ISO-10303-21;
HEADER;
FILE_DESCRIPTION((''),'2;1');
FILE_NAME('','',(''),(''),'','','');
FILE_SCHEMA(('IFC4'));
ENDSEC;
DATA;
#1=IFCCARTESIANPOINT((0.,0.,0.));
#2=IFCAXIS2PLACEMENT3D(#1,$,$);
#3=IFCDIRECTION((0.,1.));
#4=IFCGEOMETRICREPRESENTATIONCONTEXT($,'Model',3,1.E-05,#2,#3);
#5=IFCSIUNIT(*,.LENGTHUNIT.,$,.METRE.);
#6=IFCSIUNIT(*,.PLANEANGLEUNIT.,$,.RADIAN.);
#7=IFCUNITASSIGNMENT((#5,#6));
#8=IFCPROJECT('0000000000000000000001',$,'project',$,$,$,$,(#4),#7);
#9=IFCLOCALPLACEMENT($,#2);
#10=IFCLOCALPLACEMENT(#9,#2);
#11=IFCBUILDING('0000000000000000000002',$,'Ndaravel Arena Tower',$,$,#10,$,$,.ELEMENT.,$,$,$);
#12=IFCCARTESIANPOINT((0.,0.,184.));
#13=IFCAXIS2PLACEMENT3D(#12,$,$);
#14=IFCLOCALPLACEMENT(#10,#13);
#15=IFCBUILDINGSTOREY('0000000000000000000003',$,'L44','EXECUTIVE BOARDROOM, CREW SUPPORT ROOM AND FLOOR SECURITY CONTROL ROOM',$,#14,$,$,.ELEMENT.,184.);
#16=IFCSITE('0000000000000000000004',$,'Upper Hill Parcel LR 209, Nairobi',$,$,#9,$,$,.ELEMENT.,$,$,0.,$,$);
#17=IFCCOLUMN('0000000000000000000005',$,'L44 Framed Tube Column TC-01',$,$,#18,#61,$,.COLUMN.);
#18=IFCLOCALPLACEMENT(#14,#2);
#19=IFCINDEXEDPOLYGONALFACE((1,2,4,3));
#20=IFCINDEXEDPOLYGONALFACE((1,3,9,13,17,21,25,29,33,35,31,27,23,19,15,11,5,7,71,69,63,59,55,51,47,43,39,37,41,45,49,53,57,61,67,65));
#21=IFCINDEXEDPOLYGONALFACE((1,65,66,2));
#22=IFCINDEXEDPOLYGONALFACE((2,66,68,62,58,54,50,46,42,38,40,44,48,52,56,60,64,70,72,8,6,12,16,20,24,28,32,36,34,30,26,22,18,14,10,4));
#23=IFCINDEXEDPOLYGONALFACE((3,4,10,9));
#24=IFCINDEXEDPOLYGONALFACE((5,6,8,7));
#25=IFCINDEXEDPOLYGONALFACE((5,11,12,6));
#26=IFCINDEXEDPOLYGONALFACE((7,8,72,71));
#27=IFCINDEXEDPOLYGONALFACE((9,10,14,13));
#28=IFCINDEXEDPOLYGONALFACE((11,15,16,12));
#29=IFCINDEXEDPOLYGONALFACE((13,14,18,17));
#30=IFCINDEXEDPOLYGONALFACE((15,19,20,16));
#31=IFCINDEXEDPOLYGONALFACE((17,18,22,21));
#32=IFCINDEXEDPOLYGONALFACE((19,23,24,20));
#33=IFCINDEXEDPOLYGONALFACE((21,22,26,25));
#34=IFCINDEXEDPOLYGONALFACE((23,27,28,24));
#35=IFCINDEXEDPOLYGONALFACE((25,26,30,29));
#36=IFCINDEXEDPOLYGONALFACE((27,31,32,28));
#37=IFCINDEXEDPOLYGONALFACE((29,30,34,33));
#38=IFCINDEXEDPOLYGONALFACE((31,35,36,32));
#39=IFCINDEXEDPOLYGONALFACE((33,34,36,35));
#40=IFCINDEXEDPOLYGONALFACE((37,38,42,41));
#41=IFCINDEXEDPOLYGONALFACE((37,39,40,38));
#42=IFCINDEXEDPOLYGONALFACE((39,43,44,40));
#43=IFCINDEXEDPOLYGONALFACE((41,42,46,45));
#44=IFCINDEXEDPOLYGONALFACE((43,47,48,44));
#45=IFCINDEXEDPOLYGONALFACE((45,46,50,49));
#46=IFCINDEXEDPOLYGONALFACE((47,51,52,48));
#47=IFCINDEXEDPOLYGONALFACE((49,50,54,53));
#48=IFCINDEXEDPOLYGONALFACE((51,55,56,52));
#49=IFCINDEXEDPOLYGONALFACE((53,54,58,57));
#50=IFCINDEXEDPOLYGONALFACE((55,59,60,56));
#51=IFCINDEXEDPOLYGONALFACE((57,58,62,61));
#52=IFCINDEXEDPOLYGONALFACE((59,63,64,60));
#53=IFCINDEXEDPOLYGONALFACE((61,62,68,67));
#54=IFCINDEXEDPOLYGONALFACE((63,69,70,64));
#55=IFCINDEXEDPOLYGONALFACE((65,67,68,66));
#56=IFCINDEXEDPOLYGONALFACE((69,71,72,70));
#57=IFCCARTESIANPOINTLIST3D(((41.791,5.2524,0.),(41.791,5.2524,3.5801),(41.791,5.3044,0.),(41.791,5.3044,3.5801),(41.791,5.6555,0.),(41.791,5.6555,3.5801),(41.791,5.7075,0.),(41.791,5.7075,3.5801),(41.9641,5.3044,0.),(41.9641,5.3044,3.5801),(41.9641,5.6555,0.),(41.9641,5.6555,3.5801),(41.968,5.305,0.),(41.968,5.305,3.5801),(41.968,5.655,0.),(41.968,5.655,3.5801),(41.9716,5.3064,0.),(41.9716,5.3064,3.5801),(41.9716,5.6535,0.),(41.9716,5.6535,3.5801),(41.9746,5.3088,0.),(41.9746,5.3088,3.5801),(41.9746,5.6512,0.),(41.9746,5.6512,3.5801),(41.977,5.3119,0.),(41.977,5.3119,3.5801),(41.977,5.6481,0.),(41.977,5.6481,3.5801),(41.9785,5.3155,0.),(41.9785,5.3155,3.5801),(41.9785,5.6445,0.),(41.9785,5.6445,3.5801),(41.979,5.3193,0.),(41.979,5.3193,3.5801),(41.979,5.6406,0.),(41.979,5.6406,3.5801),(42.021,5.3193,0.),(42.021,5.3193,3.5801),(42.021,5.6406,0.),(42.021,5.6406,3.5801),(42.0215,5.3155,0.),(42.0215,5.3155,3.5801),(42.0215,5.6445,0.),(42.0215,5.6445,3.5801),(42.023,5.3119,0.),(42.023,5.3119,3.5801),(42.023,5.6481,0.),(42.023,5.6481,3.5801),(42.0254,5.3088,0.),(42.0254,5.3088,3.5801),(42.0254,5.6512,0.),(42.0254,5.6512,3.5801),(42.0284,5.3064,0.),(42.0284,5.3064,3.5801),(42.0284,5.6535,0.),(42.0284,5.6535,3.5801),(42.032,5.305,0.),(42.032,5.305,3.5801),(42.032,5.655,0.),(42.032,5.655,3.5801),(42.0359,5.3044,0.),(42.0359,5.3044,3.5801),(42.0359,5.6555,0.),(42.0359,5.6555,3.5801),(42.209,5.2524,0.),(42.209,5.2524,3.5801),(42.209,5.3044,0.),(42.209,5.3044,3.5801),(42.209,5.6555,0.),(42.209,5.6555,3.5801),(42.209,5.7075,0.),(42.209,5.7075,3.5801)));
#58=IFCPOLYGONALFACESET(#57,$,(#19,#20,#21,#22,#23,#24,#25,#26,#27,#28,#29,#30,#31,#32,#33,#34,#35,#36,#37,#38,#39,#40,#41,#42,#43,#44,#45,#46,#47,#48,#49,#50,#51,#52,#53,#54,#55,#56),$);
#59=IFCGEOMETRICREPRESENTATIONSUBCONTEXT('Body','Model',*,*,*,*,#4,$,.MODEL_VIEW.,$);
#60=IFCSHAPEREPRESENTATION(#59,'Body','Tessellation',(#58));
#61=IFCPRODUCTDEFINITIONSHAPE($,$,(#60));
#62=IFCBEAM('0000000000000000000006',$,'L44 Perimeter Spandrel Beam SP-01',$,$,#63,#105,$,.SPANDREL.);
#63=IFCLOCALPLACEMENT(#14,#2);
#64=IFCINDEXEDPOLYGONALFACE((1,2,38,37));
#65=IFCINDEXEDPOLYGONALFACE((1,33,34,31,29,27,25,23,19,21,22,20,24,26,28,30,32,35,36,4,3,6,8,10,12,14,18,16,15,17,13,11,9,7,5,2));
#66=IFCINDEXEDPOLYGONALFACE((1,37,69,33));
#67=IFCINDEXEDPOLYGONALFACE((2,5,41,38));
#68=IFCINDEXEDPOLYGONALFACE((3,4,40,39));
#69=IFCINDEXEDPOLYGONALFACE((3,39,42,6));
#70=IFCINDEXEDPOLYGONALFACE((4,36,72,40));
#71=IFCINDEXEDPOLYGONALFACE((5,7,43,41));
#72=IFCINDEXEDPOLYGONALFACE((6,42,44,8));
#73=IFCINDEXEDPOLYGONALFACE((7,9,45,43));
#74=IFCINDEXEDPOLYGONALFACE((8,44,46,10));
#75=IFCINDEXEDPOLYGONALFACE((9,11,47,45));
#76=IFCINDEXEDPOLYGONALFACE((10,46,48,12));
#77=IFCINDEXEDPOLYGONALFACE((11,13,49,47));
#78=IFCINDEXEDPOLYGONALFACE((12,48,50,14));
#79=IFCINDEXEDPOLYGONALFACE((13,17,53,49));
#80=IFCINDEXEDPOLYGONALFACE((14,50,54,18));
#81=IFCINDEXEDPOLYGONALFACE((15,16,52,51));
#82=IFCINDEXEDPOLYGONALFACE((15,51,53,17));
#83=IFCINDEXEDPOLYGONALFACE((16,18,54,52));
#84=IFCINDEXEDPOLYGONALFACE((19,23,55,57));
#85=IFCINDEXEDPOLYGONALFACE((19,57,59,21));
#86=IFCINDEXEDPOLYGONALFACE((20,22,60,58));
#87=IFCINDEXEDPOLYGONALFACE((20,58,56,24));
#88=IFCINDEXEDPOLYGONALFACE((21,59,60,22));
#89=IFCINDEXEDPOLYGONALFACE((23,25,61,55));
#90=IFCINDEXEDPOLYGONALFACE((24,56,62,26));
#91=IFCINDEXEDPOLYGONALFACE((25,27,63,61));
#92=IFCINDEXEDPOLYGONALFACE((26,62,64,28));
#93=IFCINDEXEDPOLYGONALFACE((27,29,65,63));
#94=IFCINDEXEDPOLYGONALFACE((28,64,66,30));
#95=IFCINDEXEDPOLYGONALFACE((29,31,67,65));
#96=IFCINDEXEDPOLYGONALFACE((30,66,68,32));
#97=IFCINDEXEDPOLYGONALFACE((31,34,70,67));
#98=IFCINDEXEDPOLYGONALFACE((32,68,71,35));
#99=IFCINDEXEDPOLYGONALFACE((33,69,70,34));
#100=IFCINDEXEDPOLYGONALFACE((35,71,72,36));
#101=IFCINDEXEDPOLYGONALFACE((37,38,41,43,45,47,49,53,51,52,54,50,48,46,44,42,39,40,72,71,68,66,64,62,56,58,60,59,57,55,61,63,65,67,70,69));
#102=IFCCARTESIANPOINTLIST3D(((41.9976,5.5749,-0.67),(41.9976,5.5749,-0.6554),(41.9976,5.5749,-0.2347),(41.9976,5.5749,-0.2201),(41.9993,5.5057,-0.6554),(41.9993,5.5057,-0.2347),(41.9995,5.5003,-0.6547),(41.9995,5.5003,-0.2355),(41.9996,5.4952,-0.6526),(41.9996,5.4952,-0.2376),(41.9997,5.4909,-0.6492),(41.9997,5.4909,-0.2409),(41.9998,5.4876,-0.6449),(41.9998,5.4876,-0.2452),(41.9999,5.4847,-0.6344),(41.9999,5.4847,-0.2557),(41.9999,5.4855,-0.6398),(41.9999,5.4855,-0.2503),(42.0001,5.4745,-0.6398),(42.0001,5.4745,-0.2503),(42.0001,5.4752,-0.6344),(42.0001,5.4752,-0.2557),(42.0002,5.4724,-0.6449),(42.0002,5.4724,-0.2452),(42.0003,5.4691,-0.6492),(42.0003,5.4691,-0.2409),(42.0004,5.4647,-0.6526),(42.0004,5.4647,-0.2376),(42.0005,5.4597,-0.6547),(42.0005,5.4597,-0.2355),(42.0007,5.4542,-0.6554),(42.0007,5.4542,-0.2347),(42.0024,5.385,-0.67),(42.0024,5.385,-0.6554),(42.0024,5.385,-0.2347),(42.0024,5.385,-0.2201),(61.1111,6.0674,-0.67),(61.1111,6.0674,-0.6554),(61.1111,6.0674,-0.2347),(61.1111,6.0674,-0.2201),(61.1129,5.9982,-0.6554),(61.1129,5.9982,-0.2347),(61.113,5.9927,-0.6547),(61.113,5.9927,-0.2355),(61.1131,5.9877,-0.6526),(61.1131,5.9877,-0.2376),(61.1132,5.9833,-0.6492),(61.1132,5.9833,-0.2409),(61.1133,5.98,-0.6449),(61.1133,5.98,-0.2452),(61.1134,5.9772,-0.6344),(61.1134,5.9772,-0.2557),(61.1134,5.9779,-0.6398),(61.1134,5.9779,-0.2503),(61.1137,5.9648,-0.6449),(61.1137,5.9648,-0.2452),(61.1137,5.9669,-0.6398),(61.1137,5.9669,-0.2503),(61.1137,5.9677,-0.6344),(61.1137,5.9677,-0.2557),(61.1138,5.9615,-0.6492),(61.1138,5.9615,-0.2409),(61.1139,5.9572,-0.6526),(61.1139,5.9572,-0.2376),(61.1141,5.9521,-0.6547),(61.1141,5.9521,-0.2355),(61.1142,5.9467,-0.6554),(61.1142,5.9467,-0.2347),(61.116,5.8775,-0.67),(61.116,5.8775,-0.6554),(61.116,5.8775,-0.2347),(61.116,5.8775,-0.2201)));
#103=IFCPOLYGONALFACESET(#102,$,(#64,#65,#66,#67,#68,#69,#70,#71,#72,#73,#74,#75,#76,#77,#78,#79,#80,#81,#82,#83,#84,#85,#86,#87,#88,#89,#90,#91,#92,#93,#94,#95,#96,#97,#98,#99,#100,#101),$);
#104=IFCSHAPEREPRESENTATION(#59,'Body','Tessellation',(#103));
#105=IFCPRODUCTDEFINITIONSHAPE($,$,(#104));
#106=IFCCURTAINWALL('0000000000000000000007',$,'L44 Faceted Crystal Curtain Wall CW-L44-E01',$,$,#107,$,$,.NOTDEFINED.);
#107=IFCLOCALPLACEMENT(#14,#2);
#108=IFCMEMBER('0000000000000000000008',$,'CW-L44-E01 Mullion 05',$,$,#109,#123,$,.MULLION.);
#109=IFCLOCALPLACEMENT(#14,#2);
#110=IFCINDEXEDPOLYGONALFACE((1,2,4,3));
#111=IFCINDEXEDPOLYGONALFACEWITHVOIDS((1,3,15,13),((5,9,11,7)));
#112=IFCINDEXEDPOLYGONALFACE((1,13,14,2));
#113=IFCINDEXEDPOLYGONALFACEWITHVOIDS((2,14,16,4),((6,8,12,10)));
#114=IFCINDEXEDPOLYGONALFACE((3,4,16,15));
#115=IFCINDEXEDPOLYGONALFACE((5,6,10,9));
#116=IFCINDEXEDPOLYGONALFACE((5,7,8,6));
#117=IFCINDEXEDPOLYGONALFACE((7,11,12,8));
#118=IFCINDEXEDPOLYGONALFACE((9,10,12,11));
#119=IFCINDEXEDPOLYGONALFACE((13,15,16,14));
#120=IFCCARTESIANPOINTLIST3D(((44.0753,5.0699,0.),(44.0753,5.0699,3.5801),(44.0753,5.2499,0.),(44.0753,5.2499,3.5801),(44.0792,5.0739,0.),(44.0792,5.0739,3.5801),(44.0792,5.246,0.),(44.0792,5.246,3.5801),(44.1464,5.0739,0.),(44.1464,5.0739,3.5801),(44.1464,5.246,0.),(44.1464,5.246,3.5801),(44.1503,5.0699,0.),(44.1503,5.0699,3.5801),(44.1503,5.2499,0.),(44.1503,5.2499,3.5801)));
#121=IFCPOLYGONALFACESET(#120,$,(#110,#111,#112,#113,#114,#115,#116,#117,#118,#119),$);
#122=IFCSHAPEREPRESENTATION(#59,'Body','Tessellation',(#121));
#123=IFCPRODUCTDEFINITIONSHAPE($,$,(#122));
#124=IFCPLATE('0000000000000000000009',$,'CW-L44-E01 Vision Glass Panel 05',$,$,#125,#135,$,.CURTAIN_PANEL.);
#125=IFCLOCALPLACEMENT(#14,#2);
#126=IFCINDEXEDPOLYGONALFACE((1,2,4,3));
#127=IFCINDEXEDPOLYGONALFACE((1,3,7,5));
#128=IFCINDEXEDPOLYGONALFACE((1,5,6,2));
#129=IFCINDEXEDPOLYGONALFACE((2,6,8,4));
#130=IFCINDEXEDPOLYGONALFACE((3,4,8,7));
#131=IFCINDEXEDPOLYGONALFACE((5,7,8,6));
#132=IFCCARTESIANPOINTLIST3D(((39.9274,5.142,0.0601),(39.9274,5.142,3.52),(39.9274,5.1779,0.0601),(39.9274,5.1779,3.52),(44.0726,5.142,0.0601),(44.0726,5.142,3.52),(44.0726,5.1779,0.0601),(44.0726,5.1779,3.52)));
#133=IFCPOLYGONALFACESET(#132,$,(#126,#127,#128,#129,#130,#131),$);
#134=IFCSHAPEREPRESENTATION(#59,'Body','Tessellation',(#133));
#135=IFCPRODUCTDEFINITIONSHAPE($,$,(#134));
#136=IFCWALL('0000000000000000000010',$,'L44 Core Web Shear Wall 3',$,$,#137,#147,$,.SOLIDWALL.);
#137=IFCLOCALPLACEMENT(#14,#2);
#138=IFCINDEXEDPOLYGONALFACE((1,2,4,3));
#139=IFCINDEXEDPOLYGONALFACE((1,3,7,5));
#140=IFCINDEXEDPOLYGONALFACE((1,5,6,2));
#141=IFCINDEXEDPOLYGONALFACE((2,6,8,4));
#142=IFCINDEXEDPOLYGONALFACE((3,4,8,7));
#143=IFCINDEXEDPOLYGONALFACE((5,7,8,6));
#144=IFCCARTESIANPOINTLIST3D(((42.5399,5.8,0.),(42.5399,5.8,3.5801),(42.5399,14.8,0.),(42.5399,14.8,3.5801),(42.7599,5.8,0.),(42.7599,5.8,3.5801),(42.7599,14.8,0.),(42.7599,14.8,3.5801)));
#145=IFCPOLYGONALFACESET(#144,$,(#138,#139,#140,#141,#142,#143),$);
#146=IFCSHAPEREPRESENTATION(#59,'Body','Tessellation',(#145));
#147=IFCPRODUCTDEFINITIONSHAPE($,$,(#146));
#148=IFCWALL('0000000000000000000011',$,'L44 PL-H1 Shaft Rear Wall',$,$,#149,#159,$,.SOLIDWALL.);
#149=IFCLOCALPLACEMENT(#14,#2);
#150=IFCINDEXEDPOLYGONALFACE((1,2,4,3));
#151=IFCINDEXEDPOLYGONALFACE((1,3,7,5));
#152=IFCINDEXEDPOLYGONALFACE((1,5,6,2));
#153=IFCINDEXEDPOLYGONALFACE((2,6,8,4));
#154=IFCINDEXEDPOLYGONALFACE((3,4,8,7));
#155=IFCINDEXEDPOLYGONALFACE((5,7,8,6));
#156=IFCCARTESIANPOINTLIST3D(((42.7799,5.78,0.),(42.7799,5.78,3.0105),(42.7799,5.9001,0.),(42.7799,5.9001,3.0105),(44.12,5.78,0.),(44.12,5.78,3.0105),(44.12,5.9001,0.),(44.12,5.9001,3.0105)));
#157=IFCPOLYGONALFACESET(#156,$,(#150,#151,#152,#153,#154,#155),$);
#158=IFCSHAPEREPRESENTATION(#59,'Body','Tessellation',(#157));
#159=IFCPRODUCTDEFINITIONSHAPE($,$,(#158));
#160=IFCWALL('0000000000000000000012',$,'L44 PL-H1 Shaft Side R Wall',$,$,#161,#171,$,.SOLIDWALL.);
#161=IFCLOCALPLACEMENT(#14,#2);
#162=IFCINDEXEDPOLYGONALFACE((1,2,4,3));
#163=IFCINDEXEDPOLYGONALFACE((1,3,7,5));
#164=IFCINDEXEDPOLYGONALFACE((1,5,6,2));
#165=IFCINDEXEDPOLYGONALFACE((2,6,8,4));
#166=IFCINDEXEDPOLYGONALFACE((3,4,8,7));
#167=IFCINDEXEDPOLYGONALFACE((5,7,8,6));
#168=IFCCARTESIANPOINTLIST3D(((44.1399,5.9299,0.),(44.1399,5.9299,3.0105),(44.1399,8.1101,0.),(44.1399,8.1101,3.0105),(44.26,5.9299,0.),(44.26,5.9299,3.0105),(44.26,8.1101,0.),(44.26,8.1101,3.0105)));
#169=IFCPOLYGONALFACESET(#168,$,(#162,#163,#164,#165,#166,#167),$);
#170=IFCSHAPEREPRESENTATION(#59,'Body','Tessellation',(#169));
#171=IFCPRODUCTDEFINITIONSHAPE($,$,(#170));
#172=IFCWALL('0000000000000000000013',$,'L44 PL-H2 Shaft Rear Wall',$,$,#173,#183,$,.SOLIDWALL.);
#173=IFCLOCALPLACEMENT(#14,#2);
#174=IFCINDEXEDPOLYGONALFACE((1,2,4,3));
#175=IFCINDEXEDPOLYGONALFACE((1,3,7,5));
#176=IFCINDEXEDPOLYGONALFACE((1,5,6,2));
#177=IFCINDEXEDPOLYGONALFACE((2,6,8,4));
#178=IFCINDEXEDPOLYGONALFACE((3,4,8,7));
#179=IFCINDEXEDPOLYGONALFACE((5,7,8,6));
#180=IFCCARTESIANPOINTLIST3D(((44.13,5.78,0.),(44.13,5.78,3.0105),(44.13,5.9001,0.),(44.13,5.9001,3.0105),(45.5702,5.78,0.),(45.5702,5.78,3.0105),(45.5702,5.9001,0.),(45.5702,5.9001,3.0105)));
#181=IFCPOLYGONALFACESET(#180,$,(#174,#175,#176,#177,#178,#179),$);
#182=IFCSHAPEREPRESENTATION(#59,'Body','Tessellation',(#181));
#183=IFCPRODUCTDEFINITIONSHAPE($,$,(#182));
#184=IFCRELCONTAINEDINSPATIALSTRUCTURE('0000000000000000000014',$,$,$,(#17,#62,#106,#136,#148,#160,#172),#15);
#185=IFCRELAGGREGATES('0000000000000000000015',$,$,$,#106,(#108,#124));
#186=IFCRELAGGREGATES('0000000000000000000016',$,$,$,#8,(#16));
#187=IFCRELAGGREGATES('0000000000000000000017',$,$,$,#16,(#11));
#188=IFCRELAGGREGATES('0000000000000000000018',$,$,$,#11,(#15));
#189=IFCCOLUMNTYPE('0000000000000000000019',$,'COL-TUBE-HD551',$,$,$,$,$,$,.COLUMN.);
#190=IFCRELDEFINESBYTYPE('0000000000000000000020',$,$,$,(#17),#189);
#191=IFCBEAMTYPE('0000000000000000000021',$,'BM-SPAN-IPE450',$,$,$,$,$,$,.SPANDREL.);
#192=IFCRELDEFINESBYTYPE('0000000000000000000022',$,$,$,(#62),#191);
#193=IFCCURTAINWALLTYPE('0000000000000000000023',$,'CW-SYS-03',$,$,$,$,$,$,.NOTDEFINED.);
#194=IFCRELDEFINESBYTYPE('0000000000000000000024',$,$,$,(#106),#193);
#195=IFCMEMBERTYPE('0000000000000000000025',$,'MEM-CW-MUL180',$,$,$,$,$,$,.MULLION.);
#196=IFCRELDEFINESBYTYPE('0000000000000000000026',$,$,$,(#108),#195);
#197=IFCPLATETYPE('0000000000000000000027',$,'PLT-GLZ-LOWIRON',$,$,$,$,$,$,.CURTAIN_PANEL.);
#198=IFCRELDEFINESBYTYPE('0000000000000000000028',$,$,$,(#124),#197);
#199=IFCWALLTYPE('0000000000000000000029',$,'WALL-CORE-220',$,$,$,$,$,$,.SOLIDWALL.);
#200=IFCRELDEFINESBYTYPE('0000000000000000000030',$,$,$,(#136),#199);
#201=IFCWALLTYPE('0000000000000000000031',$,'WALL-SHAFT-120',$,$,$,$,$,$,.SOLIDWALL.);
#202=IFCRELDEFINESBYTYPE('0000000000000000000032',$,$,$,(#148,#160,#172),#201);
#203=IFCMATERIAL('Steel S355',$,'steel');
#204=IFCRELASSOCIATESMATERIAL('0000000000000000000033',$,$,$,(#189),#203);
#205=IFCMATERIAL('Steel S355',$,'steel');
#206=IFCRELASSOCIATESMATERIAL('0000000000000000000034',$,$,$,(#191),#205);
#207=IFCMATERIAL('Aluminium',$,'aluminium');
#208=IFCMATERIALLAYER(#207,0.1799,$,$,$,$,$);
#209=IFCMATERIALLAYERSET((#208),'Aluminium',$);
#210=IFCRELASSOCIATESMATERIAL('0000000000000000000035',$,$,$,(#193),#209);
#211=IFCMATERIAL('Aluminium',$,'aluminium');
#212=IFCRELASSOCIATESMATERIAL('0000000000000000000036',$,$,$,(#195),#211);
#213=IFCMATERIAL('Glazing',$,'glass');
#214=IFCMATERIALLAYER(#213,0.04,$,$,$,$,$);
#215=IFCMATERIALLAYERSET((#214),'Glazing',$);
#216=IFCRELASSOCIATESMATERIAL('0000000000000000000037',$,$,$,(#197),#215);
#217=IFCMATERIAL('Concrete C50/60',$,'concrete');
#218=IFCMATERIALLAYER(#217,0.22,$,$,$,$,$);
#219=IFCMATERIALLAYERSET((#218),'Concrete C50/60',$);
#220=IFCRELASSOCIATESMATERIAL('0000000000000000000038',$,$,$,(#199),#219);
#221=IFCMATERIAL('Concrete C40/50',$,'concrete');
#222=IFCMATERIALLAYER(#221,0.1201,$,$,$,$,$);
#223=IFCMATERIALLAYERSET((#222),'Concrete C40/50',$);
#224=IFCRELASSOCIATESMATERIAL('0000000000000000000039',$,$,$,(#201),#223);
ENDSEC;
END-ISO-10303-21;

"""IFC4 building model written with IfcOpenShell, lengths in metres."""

from ifc_helpers import new_model, si_unit, direction, frame, frame_2d, origin, origin_2d, place, context, subcontext, project, spatial, rectangle, hollow_rectangle, i_section, extrude, material, layer, layer_set, material_profile, profile_set, type_object, element, aggregate, save


model = new_model("IFC4")

# Units and contexts
model_context = context("Model", 3, precision=1e-05, world=origin(), true_north=direction((0.0, 1.0)))
body_context = subcontext(model_context, "Body", "Model", "MODEL_VIEW")
ifc_project = project(units=[si_unit("LENGTHUNIT", "METRE"), si_unit("PLANEANGLEUNIT", "RADIAN")], contexts=[model_context])

# Site, building, storey
site_placement = place(None, origin())
site = spatial("IfcSite", under=ifc_project, at=site_placement, Name="Upper Hill Parcel LR 209, Nairobi", CompositionType="ELEMENT", RefElevation=0.0)
building_placement = place(site_placement, origin())
building = spatial("IfcBuilding", under=site, at=building_placement, Name="Ndaravel Arena Tower", CompositionType="ELEMENT")
storey_placement = place(building_placement, frame((0.0, 0.0, 184.0)))
storey = spatial("IfcBuildingStorey", under=building, at=storey_placement, Name="L44", Description="EXECUTIVE BOARDROOM, CREW SUPPORT ROOM AND FLOOR SECURITY CONTROL ROOM", CompositionType="ELEMENT", Elevation=184.0)

# Column
ifc_material_1 = material(Name="Steel S355", Category="steel")
ifc_material_profile_1 = material_profile(ifc_material_1, i_section(OverallWidth=0.418, OverallDepth=0.4551, WebThickness=0.042, FlangeThickness=0.052, FilletRadius=0.0149, at=origin_2d()), Name="HD 400x551")
ifc_profile_set_1 = profile_set([ifc_material_profile_1], Name="Steel S355")
column_type = type_object("IfcColumnType", Name="COL-TUBE-HD551", PredefinedType="COLUMN", material=ifc_profile_set_1)
column_placement = place(storey_placement, frame((42.0, 5.48, 0.0), z_axis=(0.0, 0.0, 1.0), x_axis=(1.0, 0.0, 0.0)))
element("IfcColumn", 1, at=column_placement, inside=storey, type_object=column_type, Name="L44 Framed Tube Column TC-01", PredefinedType="COLUMN", context=body_context, shape_type="SweptSolid", body=[
    extrude(i_section(OverallWidth=0.418, OverallDepth=0.4551, WebThickness=0.042, FlangeThickness=0.052, FilletRadius=0.0149, at=origin_2d()), origin(), (0.0, 0.0, 1.0), 3.5801),
])

# Beam
ifc_material_2 = material(Name="Steel S355", Category="steel")
ifc_material_profile_2 = material_profile(ifc_material_2, i_section(OverallWidth=0.1899, OverallDepth=0.45, WebThickness=0.0095, FlangeThickness=0.0146, FilletRadius=0.021, at=origin_2d()), Name="IPE 450")
ifc_profile_set_2 = profile_set([ifc_material_profile_2], Name="Steel S355")
beam_type = type_object("IfcBeamType", Name="BM-SPAN-IPE450", PredefinedType="SPANDREL", material=ifc_profile_set_2)
beam_placement = place(storey_placement, frame((42.0, 5.48, -0.4451), z_axis=(0.999668, 0.025755, 0.0), x_axis=(-0.025755, 0.999668, 0.0)))
element("IfcBeam", 2, at=beam_placement, inside=storey, type_object=beam_type, Name="L44 Perimeter Spandrel Beam SP-01", PredefinedType="SPANDREL", context=body_context, shape_type="SweptSolid", body=[
    extrude(i_section(OverallWidth=0.1899, OverallDepth=0.45, WebThickness=0.0095, FlangeThickness=0.0146, FilletRadius=0.021, at=origin_2d()), origin(), (0.0, 0.0, 1.0), 19.1199),
])

# Curtain wall, member, plate
ifc_material_3 = material(Name="Aluminium", Category="aluminium")
ifc_layer_1 = layer(ifc_material_3, 0.1799)
ifc_layer_set_1 = layer_set([ifc_layer_1], Name="Aluminium")
curtain_wall_type = type_object("IfcCurtainWallType", Name="CW-SYS-03", PredefinedType="NOTDEFINED", material=ifc_layer_set_1)
curtain_wall_placement = place(storey_placement, origin())
curtain_wall = element("IfcCurtainWall", 3, at=curtain_wall_placement, inside=storey, type_object=curtain_wall_type, Name="L44 Faceted Crystal Curtain Wall CW-L44-E01", PredefinedType="NOTDEFINED")
ifc_material_4 = material(Name="Aluminium", Category="aluminium")
ifc_material_profile_3 = material_profile(ifc_material_4, hollow_rectangle(XDim=0.075, YDim=0.1799, WallThickness=0.0039, at=origin_2d()), Name="CW MULLION 75x180x4")
ifc_profile_set_3 = profile_set([ifc_material_profile_3], Name="Aluminium")
member_type = type_object("IfcMemberType", Name="MEM-CW-MUL180", PredefinedType="MULLION", material=ifc_profile_set_3)
member_placement = place(storey_placement, frame((44.1128, 5.1599, 0.0), z_axis=(0.0, 0.0, 1.0), x_axis=(1.0, 0.0, 0.0)))
member = element("IfcMember", 4, at=member_placement, type_object=member_type, Name="CW-L44-E01 Mullion 05", PredefinedType="MULLION", context=body_context, shape_type="SweptSolid", body=[
    extrude(hollow_rectangle(XDim=0.075, YDim=0.1799, WallThickness=0.0039, at=origin_2d()), origin(), (0.0, 0.0, 1.0), 3.5801),
])
ifc_material_5 = material(Name="Glazing", Category="glass")
ifc_layer_2 = layer(ifc_material_5, 0.04)
ifc_layer_set_2 = layer_set([ifc_layer_2], Name="Glazing")
plate_type = type_object("IfcPlateType", Name="PLT-GLZ-LOWIRON", PredefinedType="CURTAIN_PANEL", material=ifc_layer_set_2)
plate_placement = place(storey_placement, frame((42.0, 5.1599, 0.0601), z_axis=(0.0, 0.0, 1.0), x_axis=(1.0, 0.0, 0.0)))
plate = element("IfcPlate", 5, at=plate_placement, type_object=plate_type, Name="CW-L44-E01 Vision Glass Panel 05", PredefinedType="CURTAIN_PANEL", context=body_context, shape_type="SweptSolid", body=[
    extrude(rectangle(XDim=4.1453, YDim=0.0359, at=origin_2d()), origin(), (0.0, 0.0, 1.0), 3.46),
])
aggregate(curtain_wall, [member, plate])

# Walls
ifc_material_6 = material(Name="Concrete C50/60", Category="concrete")
ifc_layer_3 = layer(ifc_material_6, 0.22)
ifc_layer_set_3 = layer_set([ifc_layer_3], Name="Concrete C50/60")
wall_type_1 = type_object("IfcWallType", Name="WALL-CORE-220", PredefinedType="SOLIDWALL", material=ifc_layer_set_3)
wall_1_placement = place(storey_placement, frame((42.6499, 5.8, 0.0), z_axis=(0.0, 0.0, 1.0), x_axis=(0.0, 1.0, 0.0)))
element("IfcWall", 6, at=wall_1_placement, inside=storey, type_object=wall_type_1, Name="L44 Core Web Shear Wall 3", PredefinedType="SOLIDWALL", context=body_context, shape_type="SweptSolid", body=[
    extrude(rectangle(XDim=9.0, YDim=0.22, at=frame_2d((4.5, 0.0))), origin(), (0.0, 0.0, 1.0), 3.5801),
])
ifc_material_7 = material(Name="Concrete C40/50", Category="concrete")
ifc_layer_4 = layer(ifc_material_7, 0.1201)
ifc_layer_set_4 = layer_set([ifc_layer_4], Name="Concrete C40/50")
wall_type_2 = type_object("IfcWallType", Name="WALL-SHAFT-120", PredefinedType="SOLIDWALL", material=ifc_layer_set_4)
wall_2_placement = place(storey_placement, frame((42.78, 5.8401, 0.0), z_axis=(0.0, 0.0, 1.0), x_axis=(1.0, 0.0, 0.0)))
element("IfcWall", 7, at=wall_2_placement, inside=storey, type_object=wall_type_2, Name="L44 PL-H1 Shaft Rear Wall", PredefinedType="SOLIDWALL", context=body_context, shape_type="SweptSolid", body=[
    extrude(rectangle(XDim=1.3401, YDim=0.1201, at=frame_2d((0.6699, 0.0))), origin(), (0.0, 0.0, 1.0), 3.0105),
])
wall_3_placement = place(storey_placement, frame((44.2, 5.9299, 0.0), z_axis=(0.0, 0.0, 1.0), x_axis=(0.0, 1.0, 0.0)))
element("IfcWall", 8, at=wall_3_placement, inside=storey, type_object=wall_type_2, Name="L44 PL-H1 Shaft Side R Wall", PredefinedType="SOLIDWALL", context=body_context, shape_type="SweptSolid", body=[
    extrude(rectangle(XDim=2.1802, YDim=0.1201, at=frame_2d((1.0901, 0.0))), origin(), (0.0, 0.0, 1.0), 3.0105),
])
wall_4_placement = place(storey_placement, frame((44.1299, 5.8401, 0.0), z_axis=(0.0, 0.0, 1.0), x_axis=(1.0, 0.0, 0.0)))
element("IfcWall", 9, at=wall_4_placement, inside=storey, type_object=wall_type_2, Name="L44 PL-H2 Shaft Rear Wall", PredefinedType="SOLIDWALL", context=body_context, shape_type="SweptSolid", body=[
    extrude(rectangle(XDim=1.4402, YDim=0.1201, at=frame_2d((0.7202, 0.0))), origin(), (0.0, 0.0, 1.0), 3.0105),
])

save(model, "model.ifc")
